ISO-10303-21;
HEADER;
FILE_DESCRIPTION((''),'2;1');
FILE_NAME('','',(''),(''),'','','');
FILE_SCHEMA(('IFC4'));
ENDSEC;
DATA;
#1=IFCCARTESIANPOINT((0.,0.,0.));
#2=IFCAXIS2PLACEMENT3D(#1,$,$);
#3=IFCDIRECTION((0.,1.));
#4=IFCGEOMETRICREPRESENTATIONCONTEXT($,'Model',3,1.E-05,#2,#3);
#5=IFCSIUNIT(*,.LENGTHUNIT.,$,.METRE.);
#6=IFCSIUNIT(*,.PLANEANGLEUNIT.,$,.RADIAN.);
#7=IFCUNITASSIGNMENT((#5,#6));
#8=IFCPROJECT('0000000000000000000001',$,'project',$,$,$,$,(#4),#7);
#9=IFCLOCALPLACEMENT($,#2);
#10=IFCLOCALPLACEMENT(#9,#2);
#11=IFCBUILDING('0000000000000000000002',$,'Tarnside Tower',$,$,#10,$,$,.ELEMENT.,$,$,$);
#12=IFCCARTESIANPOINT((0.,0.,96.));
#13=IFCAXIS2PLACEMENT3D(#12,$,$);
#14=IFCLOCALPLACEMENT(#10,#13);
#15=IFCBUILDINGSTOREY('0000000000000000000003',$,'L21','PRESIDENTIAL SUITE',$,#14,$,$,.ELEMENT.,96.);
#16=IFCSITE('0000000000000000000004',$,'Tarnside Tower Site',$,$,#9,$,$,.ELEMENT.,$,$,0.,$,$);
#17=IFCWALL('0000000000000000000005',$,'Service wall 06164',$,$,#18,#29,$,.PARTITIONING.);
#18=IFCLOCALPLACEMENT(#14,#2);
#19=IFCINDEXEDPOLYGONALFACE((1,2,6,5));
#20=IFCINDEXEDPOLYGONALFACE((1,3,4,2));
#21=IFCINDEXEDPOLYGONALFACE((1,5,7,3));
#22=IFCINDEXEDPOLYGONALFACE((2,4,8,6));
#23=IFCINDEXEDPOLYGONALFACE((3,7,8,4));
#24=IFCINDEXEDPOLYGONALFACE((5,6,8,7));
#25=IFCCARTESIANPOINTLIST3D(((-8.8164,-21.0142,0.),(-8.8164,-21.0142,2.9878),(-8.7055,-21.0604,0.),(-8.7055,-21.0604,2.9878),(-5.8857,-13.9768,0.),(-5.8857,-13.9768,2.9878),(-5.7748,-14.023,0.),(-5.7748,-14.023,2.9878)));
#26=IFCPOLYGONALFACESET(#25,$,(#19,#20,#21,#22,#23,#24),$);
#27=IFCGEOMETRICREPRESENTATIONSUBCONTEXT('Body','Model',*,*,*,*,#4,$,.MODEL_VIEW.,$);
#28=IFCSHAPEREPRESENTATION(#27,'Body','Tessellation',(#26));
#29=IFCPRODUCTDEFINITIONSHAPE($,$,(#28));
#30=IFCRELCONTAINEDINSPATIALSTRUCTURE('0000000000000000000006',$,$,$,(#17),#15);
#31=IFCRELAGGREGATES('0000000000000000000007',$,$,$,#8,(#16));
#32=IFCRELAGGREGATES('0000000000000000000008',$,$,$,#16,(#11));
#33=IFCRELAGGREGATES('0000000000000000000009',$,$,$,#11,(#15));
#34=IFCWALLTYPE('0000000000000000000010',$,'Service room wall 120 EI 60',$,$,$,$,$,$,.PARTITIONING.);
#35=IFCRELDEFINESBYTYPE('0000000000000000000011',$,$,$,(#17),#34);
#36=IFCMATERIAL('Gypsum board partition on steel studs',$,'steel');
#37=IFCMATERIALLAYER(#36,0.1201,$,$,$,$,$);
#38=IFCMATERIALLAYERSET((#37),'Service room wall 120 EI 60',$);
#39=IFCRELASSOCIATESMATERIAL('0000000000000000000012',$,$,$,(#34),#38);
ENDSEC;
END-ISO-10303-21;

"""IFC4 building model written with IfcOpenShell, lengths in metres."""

from ifc_helpers import new_model, si_unit, direction, frame, frame_2d, origin, place, context, subcontext, project, spatial, rectangle, extrude, material, layer, layer_set, type_object, element, save


model = new_model("IFC4")

# Units and contexts
model_context = context("Model", 3, precision=1e-05, world=origin(), true_north=direction((0.0, 1.0)))
body_context = subcontext(model_context, "Body", "Model", "MODEL_VIEW")
ifc_project = project(units=[si_unit("LENGTHUNIT", "METRE"), si_unit("PLANEANGLEUNIT", "RADIAN")], contexts=[model_context])

# Site, building, storey
site_placement = place(None, origin())
site = spatial("IfcSite", under=ifc_project, at=site_placement, Name="Tarnside Tower Site", CompositionType="ELEMENT", RefElevation=0.0)
building_placement = place(site_placement, origin())
building = spatial("IfcBuilding", under=site, at=building_placement, Name="Tarnside Tower", CompositionType="ELEMENT")
storey_placement = place(building_placement, frame((0.0, 0.0, 96.0)))
storey = spatial("IfcBuildingStorey", under=building, at=storey_placement, Name="L21", Description="PRESIDENTIAL SUITE", CompositionType="ELEMENT", Elevation=96.0)

# Shared definitions
ifc_material_1 = material(Name="Gypsum board partition on steel studs", Category="steel")

# Wall
ifc_layer_1 = layer(ifc_material_1, 0.1201)
ifc_layer_set_1 = layer_set([ifc_layer_1], Name="Service room wall 120 EI 60")
wall_type_1 = type_object("IfcWallType", Name="Service room wall 120 EI 60", PredefinedType="PARTITIONING", material=ifc_layer_set_1)
wall_1_placement = place(storey_placement, frame((-5.8303, -14.0, 0.0), z_axis=(0.0, 0.0, 1.0), x_axis=(-0.38444, -0.92315, 0.0)))
element("IfcWall", 1, at=wall_1_placement, inside=storey, type_object=wall_type_1, Name="Service wall 06164", PredefinedType="PARTITIONING", context=body_context, shape_type="SweptSolid", body=[
    extrude(rectangle(XDim=7.6233, YDim=0.1201, at=frame_2d((3.8115, 0.0))), origin(), (0.0, 0.0, 1.0), 2.9878),
])

save(model, "model.ifc")
